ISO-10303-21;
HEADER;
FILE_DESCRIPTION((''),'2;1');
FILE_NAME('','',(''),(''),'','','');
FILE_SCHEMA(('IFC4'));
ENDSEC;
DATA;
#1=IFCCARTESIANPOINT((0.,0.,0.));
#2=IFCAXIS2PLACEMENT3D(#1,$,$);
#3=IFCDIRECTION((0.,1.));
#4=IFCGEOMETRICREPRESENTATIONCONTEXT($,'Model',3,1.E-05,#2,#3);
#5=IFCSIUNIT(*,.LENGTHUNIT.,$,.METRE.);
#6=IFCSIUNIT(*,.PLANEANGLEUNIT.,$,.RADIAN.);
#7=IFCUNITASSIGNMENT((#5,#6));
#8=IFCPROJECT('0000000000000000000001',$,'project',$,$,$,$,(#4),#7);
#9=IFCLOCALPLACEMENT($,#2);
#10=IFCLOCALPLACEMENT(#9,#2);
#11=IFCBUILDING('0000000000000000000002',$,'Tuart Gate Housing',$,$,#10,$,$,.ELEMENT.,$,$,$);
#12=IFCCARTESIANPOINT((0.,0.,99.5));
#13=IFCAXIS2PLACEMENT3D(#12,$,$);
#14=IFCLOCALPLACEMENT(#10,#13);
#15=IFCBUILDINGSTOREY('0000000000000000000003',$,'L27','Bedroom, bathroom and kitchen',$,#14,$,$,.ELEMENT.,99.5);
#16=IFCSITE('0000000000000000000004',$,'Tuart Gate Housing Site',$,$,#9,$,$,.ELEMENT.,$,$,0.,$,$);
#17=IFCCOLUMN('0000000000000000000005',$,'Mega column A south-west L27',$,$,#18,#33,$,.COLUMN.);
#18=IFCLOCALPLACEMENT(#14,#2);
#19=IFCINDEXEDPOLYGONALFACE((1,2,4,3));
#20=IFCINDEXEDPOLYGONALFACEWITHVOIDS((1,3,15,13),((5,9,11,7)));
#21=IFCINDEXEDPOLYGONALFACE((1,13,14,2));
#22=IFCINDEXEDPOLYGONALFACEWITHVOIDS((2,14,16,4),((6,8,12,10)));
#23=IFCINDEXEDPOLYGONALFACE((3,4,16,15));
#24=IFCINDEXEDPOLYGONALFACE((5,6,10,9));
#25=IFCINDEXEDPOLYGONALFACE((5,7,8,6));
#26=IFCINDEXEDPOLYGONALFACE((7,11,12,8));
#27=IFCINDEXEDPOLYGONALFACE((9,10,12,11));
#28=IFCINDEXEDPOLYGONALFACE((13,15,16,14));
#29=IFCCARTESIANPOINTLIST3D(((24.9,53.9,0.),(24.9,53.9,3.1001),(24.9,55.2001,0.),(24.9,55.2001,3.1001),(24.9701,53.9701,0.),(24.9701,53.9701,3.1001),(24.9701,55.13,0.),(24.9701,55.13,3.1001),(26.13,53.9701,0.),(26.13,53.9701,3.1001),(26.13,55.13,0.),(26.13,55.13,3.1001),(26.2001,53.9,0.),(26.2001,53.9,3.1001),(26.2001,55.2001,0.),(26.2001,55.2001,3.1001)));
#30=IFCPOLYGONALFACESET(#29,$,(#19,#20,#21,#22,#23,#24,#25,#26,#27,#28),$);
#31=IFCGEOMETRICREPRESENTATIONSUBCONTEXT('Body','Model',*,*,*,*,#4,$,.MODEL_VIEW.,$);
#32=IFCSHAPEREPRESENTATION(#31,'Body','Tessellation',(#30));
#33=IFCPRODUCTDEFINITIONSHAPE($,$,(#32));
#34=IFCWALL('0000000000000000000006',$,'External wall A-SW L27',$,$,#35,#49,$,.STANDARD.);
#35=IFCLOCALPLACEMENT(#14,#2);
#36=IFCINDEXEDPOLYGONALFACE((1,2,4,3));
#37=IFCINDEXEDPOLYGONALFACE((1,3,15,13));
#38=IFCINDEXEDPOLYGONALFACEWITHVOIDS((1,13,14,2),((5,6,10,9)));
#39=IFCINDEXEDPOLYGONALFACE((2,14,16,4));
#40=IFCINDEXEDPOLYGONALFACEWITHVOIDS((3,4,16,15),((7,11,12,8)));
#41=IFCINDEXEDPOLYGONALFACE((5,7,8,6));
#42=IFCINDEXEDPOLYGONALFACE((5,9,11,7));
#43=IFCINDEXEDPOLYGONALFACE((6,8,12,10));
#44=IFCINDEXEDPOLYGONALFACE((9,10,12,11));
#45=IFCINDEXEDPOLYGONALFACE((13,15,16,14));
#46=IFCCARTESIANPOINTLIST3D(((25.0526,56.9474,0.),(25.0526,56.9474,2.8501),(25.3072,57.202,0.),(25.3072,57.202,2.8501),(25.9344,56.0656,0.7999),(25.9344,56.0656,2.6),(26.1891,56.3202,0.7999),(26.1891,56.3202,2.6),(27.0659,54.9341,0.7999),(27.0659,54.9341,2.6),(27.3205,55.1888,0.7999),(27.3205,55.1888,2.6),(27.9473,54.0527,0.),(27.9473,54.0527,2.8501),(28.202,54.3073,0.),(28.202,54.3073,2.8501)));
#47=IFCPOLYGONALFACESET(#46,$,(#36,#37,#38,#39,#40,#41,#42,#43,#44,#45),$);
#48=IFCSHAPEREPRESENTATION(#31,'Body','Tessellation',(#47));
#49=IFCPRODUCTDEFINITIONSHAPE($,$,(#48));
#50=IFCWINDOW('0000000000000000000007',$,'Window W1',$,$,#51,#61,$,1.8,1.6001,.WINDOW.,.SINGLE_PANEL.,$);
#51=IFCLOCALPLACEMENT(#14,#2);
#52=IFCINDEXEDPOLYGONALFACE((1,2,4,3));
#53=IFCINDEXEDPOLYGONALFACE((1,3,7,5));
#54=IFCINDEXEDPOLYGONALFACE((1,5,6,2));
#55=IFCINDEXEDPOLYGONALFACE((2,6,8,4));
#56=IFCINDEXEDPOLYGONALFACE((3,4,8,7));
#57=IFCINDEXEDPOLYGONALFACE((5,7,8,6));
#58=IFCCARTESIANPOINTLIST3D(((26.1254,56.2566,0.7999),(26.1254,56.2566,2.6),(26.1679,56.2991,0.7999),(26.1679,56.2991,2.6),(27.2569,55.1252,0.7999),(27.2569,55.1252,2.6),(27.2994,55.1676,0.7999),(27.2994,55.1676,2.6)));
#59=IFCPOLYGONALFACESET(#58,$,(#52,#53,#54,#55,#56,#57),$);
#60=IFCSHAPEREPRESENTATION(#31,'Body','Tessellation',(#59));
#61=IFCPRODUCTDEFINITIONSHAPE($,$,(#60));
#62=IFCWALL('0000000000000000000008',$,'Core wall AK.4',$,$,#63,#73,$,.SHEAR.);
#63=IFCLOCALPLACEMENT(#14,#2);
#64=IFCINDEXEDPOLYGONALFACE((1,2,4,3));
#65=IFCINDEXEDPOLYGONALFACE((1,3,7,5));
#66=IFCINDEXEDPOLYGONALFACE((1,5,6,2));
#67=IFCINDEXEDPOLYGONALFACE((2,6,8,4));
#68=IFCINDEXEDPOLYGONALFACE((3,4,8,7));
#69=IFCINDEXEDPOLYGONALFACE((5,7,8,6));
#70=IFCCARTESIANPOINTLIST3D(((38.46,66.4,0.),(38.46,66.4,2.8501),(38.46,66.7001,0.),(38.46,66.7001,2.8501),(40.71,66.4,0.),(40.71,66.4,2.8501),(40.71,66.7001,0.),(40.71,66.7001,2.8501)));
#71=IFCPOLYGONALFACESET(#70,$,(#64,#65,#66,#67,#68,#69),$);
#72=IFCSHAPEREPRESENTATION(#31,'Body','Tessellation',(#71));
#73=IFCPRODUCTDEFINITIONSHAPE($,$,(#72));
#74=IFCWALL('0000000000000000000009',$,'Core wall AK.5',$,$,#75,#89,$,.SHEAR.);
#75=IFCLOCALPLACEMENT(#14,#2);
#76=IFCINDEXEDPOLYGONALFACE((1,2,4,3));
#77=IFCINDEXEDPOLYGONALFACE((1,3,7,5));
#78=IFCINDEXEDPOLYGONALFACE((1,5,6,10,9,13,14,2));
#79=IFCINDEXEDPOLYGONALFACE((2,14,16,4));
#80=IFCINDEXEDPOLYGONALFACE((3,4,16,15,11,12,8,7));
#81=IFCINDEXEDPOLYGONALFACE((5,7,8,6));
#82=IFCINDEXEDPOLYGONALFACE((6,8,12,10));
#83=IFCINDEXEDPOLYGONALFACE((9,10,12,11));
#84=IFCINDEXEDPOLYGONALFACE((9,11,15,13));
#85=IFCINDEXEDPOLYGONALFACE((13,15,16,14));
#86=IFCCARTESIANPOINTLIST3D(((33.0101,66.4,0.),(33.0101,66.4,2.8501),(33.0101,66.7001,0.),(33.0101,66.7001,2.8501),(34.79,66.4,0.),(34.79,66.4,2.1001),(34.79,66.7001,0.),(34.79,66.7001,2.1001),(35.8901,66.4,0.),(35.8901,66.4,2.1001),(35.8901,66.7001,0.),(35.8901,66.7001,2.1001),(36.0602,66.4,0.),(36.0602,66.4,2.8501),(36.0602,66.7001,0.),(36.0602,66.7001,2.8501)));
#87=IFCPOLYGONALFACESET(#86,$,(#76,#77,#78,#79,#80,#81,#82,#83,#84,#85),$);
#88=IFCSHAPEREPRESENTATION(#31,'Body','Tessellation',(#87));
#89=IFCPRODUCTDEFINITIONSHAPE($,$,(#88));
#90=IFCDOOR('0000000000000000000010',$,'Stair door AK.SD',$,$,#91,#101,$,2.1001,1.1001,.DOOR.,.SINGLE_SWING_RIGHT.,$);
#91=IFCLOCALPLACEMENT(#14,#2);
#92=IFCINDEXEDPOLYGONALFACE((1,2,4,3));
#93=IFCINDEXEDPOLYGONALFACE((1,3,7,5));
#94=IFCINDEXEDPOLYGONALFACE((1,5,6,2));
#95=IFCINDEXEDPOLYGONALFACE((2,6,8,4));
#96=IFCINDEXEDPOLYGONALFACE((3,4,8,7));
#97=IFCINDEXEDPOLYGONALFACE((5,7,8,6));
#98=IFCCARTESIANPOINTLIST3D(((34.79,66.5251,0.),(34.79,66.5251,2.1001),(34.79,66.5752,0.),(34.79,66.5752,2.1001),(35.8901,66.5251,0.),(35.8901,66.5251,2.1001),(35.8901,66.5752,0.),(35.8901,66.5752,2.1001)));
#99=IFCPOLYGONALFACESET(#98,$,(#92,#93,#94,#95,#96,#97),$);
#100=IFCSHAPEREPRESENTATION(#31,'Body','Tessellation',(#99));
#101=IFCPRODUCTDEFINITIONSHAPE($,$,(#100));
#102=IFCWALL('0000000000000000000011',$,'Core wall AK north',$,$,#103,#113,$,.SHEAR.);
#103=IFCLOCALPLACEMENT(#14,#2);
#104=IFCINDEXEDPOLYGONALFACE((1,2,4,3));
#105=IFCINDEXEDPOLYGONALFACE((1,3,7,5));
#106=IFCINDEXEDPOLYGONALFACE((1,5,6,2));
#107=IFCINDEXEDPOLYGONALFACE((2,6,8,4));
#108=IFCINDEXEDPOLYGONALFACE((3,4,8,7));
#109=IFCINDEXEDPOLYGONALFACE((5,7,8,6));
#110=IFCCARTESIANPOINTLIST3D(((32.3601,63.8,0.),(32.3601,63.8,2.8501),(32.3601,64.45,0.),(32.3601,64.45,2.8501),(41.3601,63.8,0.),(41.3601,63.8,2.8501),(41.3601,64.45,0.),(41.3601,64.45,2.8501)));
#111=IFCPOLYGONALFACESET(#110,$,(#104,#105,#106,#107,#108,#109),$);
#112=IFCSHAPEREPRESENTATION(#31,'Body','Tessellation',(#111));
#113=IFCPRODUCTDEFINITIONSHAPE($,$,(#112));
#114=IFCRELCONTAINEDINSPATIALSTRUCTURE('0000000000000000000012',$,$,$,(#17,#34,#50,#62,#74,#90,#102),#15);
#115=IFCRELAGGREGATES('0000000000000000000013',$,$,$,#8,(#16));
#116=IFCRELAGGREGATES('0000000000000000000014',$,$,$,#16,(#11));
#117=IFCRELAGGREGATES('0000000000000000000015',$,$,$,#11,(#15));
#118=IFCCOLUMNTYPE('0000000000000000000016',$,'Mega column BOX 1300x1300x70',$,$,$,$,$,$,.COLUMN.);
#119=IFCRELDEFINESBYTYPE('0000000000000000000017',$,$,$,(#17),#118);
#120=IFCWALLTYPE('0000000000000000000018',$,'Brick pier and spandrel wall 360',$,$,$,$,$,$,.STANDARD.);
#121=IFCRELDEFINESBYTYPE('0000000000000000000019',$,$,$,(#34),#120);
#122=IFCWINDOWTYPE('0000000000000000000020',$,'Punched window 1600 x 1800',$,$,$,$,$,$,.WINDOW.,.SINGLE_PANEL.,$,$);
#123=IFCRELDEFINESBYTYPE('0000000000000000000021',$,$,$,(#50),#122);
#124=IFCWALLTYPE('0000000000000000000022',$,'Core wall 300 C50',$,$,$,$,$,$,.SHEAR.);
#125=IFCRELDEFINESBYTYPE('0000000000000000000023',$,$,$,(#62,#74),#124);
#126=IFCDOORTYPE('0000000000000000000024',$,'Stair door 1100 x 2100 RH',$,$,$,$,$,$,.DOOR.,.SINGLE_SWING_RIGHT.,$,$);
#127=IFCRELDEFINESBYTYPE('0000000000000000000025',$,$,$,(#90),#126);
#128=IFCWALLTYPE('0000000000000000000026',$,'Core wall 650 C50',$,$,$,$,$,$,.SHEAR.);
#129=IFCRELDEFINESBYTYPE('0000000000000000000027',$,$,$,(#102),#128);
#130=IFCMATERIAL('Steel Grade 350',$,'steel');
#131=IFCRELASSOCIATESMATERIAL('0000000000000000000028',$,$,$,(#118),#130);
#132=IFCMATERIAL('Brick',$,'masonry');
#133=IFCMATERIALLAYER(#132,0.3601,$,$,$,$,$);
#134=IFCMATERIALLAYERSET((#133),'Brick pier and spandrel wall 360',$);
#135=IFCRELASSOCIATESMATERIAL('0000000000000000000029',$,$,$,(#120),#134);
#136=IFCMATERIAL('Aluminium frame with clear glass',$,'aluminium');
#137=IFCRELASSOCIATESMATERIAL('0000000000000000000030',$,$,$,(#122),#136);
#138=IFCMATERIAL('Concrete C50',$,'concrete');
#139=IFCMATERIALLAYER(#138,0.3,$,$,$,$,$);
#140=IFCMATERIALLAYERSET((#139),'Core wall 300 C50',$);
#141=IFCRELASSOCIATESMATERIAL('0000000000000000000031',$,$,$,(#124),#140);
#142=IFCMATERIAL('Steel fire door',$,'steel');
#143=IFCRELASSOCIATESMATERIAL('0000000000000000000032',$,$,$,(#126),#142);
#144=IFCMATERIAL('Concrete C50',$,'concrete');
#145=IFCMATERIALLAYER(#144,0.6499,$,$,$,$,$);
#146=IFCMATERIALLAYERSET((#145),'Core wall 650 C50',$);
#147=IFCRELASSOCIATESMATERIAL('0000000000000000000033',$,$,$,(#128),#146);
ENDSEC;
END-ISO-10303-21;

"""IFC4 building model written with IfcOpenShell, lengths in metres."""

from ifc_helpers import new_model, si_unit, direction, frame, frame_2d, origin, origin_2d, place, context, subcontext, project, spatial, rectangle, hollow_rectangle, extrude, material, layer, layer_set, material_profile, profile_set, type_object, element, fill, save


model = new_model("IFC4")

# Units and contexts
model_context = context("Model", 3, precision=1e-05, world=origin(), true_north=direction((0.0, 1.0)))
body_context = subcontext(model_context, "Body", "Model", "MODEL_VIEW")
ifc_project = project(units=[si_unit("LENGTHUNIT", "METRE"), si_unit("PLANEANGLEUNIT", "RADIAN")], contexts=[model_context])

# Site, building, storey
site_placement = place(None, origin())
site = spatial("IfcSite", under=ifc_project, at=site_placement, Name="Tuart Gate Housing Site", CompositionType="ELEMENT", RefElevation=0.0)
building_placement = place(site_placement, origin())
building = spatial("IfcBuilding", under=site, at=building_placement, Name="Tuart Gate Housing", CompositionType="ELEMENT")
storey_placement = place(building_placement, frame((0.0, 0.0, 99.5)))
storey = spatial("IfcBuildingStorey", under=building, at=storey_placement, Name="L27", Description="Bedroom, bathroom and kitchen", CompositionType="ELEMENT", Elevation=99.5)

# Column
ifc_material_1 = material(Name="Steel Grade 350", Category="steel")
ifc_material_profile = material_profile(ifc_material_1, hollow_rectangle(XDim=1.3, YDim=1.3, WallThickness=0.0701, at=origin_2d()), Name="BOX 1300x1300x70")
ifc_profile_set = profile_set([ifc_material_profile], Name="Steel Grade 350")
column_type = type_object("IfcColumnType", Name="Mega column BOX 1300x1300x70", PredefinedType="COLUMN", material=ifc_profile_set)
column_placement = place(storey_placement, frame((25.55, 54.55, 0.0), z_axis=(0.0, 0.0, 1.0), x_axis=(1.0, 0.0, 0.0)))
element("IfcColumn", 1, at=column_placement, inside=storey, type_object=column_type, Name="Mega column A south-west L27", PredefinedType="COLUMN", context=body_context, shape_type="SweptSolid", body=[
    extrude(hollow_rectangle(XDim=1.3, YDim=1.3, WallThickness=0.0701, at=origin_2d()), origin(), (0.0, 0.0, 1.0), 3.1001),
])

# Wall, opening, window
ifc_material_2 = material(Name="Brick", Category="masonry")
ifc_layer_1 = layer(ifc_material_2, 0.3601)
ifc_layer_set_1 = layer_set([ifc_layer_1], Name="Brick pier and spandrel wall 360")
wall_type_1 = type_object("IfcWallType", Name="Brick pier and spandrel wall 360", PredefinedType="STANDARD", material=ifc_layer_set_1)
wall_1_placement = place(storey_placement, frame((25.1799, 57.0747, 0.0), z_axis=(0.0, 0.0, 1.0), x_axis=(0.707107, -0.707107, 0.0)))
wall_1 = element("IfcWall", 2, at=wall_1_placement, inside=storey, type_object=wall_type_1, Name="External wall A-SW L27", PredefinedType="STANDARD", context=body_context, shape_type="SweptSolid", body=[
    extrude(rectangle(XDim=4.0938, YDim=0.3601, at=frame_2d((2.0469, 0.0))), origin(), (0.0, 0.0, 1.0), 2.8501),
])
opening_1_placement = place(wall_1_placement, frame((1.2471, 0.0, 0.8)))
opening_1 = element("IfcOpeningElement", 3, at=opening_1_placement, cuts=wall_1, PredefinedType="OPENING", context=body_context, shape_type="SweptSolid", body=[
    extrude(rectangle(XDim=1.6001, YDim=1.8, at=frame_2d((0.8, 0.8999))), frame((0.0, 0.1899, 0.0), z_axis=(0.0, -1.0, 0.0), x_axis=(1.0, 0.0, 0.0)), (0.0, 0.0, 1.0), 0.3801),
])
ifc_material_3 = material(Name="Aluminium frame with clear glass", Category="aluminium")
window_type = type_object("IfcWindowType", Name="Punched window 1600 x 1800", PartitioningType="SINGLE_PANEL", PredefinedType="WINDOW", material=ifc_material_3)
window_placement = place(opening_1_placement, origin())
window = element("IfcWindow", 4, at=window_placement, inside=storey, type_object=window_type, Name="Window W1", OverallHeight=1.8, OverallWidth=1.6001, PartitioningType="SINGLE_PANEL", PredefinedType="WINDOW", context=body_context, shape_type="SweptSolid", body=[
    extrude(rectangle(XDim=1.6001, YDim=1.8, at=frame_2d((0.8, 0.8999))), frame((0.0, 0.1501, 0.0), z_axis=(0.0, -1.0, 0.0), x_axis=(1.0, 0.0, 0.0)), (0.0, 0.0, 1.0), 0.0601),
])
fill(opening_1, window)

# Wall
ifc_material_4 = material(Name="Concrete C50", Category="concrete")
ifc_layer_2 = layer(ifc_material_4, 0.3)
ifc_layer_set_2 = layer_set([ifc_layer_2], Name="Core wall 300 C50")
wall_type_2 = type_object("IfcWallType", Name="Core wall 300 C50", PredefinedType="SHEAR", material=ifc_layer_set_2)
wall_2_placement = place(storey_placement, frame((40.71, 66.55, 0.0), z_axis=(0.0, 0.0, 1.0), x_axis=(-1.0, 0.0, 0.0)))
element("IfcWall", 5, at=wall_2_placement, inside=storey, type_object=wall_type_2, Name="Core wall AK.4", PredefinedType="SHEAR", context=body_context, shape_type="SweptSolid", body=[
    extrude(rectangle(XDim=2.25, YDim=0.3, at=frame_2d((1.125, 0.0))), origin(), (0.0, 0.0, 1.0), 2.8501),
])

# Wall, opening, door
wall_3_placement = place(storey_placement, frame((36.0601, 66.55, 0.0), z_axis=(0.0, 0.0, 1.0), x_axis=(-1.0, 0.0, 0.0)))
wall_3 = element("IfcWall", 6, at=wall_3_placement, inside=storey, type_object=wall_type_2, Name="Core wall AK.5", PredefinedType="SHEAR", context=body_context, shape_type="SweptSolid", body=[
    extrude(rectangle(XDim=3.05, YDim=0.3, at=frame_2d((1.5249, 0.0))), origin(), (0.0, 0.0, 1.0), 2.8501),
])
opening_2_placement = place(wall_3_placement, frame((0.1699, 0.0, 0.0)))
opening_2 = element("IfcOpeningElement", 7, at=opening_2_placement, cuts=wall_3, PredefinedType="OPENING", context=body_context, shape_type="SweptSolid", body=[
    extrude(rectangle(XDim=1.1001, YDim=2.1001, at=frame_2d((0.55, 1.05))), frame((0.0, 0.1599, 0.0), z_axis=(0.0, -1.0, 0.0), x_axis=(1.0, 0.0, 0.0)), (0.0, 0.0, 1.0), 0.3201),
])
ifc_material_5 = material(Name="Steel fire door", Category="steel")
door_type_1 = type_object("IfcDoorType", Name="Stair door 1100 x 2100 RH", OperationType="SINGLE_SWING_RIGHT", PredefinedType="DOOR", material=ifc_material_5)
door_1_placement = place(opening_2_placement, frame((1.1001, 0.0, 0.0), z_axis=(0.0, 0.0, 1.0), x_axis=(-1.0, 0.0, 0.0)))
door_1 = element("IfcDoor", 8, at=door_1_placement, inside=storey, type_object=door_type_1, Name="Stair door AK.SD", OperationType="SINGLE_SWING_RIGHT", OverallHeight=2.1001, OverallWidth=1.1001, PredefinedType="DOOR", context=body_context, shape_type="SweptSolid", body=[
    extrude(rectangle(XDim=1.1001, YDim=2.1001, at=frame_2d((0.55, 1.05))), frame((0.0, 0.0251, 0.0), z_axis=(0.0, -1.0, 0.0), x_axis=(1.0, 0.0, 0.0)), (0.0, 0.0, 1.0), 0.05),
])
fill(opening_2, door_1)

# Wall
ifc_material_6 = material(Name="Concrete C50", Category="concrete")
ifc_layer_3 = layer(ifc_material_6, 0.6499)
ifc_layer_set_3 = layer_set([ifc_layer_3], Name="Core wall 650 C50")
wall_type_3 = type_object("IfcWallType", Name="Core wall 650 C50", PredefinedType="SHEAR", material=ifc_layer_set_3)
wall_4_placement = place(storey_placement, frame((41.3601, 64.125, 0.0), z_axis=(0.0, 0.0, 1.0), x_axis=(-1.0, 0.0, 0.0)))
element("IfcWall", 9, at=wall_4_placement, inside=storey, type_object=wall_type_3, Name="Core wall AK north", PredefinedType="SHEAR", context=body_context, shape_type="SweptSolid", body=[
    extrude(rectangle(XDim=9.0, YDim=0.6499, at=frame_2d((4.5, 0.0))), origin(), (0.0, 0.0, 1.0), 2.8501),
])

save(model, "model.ifc")
